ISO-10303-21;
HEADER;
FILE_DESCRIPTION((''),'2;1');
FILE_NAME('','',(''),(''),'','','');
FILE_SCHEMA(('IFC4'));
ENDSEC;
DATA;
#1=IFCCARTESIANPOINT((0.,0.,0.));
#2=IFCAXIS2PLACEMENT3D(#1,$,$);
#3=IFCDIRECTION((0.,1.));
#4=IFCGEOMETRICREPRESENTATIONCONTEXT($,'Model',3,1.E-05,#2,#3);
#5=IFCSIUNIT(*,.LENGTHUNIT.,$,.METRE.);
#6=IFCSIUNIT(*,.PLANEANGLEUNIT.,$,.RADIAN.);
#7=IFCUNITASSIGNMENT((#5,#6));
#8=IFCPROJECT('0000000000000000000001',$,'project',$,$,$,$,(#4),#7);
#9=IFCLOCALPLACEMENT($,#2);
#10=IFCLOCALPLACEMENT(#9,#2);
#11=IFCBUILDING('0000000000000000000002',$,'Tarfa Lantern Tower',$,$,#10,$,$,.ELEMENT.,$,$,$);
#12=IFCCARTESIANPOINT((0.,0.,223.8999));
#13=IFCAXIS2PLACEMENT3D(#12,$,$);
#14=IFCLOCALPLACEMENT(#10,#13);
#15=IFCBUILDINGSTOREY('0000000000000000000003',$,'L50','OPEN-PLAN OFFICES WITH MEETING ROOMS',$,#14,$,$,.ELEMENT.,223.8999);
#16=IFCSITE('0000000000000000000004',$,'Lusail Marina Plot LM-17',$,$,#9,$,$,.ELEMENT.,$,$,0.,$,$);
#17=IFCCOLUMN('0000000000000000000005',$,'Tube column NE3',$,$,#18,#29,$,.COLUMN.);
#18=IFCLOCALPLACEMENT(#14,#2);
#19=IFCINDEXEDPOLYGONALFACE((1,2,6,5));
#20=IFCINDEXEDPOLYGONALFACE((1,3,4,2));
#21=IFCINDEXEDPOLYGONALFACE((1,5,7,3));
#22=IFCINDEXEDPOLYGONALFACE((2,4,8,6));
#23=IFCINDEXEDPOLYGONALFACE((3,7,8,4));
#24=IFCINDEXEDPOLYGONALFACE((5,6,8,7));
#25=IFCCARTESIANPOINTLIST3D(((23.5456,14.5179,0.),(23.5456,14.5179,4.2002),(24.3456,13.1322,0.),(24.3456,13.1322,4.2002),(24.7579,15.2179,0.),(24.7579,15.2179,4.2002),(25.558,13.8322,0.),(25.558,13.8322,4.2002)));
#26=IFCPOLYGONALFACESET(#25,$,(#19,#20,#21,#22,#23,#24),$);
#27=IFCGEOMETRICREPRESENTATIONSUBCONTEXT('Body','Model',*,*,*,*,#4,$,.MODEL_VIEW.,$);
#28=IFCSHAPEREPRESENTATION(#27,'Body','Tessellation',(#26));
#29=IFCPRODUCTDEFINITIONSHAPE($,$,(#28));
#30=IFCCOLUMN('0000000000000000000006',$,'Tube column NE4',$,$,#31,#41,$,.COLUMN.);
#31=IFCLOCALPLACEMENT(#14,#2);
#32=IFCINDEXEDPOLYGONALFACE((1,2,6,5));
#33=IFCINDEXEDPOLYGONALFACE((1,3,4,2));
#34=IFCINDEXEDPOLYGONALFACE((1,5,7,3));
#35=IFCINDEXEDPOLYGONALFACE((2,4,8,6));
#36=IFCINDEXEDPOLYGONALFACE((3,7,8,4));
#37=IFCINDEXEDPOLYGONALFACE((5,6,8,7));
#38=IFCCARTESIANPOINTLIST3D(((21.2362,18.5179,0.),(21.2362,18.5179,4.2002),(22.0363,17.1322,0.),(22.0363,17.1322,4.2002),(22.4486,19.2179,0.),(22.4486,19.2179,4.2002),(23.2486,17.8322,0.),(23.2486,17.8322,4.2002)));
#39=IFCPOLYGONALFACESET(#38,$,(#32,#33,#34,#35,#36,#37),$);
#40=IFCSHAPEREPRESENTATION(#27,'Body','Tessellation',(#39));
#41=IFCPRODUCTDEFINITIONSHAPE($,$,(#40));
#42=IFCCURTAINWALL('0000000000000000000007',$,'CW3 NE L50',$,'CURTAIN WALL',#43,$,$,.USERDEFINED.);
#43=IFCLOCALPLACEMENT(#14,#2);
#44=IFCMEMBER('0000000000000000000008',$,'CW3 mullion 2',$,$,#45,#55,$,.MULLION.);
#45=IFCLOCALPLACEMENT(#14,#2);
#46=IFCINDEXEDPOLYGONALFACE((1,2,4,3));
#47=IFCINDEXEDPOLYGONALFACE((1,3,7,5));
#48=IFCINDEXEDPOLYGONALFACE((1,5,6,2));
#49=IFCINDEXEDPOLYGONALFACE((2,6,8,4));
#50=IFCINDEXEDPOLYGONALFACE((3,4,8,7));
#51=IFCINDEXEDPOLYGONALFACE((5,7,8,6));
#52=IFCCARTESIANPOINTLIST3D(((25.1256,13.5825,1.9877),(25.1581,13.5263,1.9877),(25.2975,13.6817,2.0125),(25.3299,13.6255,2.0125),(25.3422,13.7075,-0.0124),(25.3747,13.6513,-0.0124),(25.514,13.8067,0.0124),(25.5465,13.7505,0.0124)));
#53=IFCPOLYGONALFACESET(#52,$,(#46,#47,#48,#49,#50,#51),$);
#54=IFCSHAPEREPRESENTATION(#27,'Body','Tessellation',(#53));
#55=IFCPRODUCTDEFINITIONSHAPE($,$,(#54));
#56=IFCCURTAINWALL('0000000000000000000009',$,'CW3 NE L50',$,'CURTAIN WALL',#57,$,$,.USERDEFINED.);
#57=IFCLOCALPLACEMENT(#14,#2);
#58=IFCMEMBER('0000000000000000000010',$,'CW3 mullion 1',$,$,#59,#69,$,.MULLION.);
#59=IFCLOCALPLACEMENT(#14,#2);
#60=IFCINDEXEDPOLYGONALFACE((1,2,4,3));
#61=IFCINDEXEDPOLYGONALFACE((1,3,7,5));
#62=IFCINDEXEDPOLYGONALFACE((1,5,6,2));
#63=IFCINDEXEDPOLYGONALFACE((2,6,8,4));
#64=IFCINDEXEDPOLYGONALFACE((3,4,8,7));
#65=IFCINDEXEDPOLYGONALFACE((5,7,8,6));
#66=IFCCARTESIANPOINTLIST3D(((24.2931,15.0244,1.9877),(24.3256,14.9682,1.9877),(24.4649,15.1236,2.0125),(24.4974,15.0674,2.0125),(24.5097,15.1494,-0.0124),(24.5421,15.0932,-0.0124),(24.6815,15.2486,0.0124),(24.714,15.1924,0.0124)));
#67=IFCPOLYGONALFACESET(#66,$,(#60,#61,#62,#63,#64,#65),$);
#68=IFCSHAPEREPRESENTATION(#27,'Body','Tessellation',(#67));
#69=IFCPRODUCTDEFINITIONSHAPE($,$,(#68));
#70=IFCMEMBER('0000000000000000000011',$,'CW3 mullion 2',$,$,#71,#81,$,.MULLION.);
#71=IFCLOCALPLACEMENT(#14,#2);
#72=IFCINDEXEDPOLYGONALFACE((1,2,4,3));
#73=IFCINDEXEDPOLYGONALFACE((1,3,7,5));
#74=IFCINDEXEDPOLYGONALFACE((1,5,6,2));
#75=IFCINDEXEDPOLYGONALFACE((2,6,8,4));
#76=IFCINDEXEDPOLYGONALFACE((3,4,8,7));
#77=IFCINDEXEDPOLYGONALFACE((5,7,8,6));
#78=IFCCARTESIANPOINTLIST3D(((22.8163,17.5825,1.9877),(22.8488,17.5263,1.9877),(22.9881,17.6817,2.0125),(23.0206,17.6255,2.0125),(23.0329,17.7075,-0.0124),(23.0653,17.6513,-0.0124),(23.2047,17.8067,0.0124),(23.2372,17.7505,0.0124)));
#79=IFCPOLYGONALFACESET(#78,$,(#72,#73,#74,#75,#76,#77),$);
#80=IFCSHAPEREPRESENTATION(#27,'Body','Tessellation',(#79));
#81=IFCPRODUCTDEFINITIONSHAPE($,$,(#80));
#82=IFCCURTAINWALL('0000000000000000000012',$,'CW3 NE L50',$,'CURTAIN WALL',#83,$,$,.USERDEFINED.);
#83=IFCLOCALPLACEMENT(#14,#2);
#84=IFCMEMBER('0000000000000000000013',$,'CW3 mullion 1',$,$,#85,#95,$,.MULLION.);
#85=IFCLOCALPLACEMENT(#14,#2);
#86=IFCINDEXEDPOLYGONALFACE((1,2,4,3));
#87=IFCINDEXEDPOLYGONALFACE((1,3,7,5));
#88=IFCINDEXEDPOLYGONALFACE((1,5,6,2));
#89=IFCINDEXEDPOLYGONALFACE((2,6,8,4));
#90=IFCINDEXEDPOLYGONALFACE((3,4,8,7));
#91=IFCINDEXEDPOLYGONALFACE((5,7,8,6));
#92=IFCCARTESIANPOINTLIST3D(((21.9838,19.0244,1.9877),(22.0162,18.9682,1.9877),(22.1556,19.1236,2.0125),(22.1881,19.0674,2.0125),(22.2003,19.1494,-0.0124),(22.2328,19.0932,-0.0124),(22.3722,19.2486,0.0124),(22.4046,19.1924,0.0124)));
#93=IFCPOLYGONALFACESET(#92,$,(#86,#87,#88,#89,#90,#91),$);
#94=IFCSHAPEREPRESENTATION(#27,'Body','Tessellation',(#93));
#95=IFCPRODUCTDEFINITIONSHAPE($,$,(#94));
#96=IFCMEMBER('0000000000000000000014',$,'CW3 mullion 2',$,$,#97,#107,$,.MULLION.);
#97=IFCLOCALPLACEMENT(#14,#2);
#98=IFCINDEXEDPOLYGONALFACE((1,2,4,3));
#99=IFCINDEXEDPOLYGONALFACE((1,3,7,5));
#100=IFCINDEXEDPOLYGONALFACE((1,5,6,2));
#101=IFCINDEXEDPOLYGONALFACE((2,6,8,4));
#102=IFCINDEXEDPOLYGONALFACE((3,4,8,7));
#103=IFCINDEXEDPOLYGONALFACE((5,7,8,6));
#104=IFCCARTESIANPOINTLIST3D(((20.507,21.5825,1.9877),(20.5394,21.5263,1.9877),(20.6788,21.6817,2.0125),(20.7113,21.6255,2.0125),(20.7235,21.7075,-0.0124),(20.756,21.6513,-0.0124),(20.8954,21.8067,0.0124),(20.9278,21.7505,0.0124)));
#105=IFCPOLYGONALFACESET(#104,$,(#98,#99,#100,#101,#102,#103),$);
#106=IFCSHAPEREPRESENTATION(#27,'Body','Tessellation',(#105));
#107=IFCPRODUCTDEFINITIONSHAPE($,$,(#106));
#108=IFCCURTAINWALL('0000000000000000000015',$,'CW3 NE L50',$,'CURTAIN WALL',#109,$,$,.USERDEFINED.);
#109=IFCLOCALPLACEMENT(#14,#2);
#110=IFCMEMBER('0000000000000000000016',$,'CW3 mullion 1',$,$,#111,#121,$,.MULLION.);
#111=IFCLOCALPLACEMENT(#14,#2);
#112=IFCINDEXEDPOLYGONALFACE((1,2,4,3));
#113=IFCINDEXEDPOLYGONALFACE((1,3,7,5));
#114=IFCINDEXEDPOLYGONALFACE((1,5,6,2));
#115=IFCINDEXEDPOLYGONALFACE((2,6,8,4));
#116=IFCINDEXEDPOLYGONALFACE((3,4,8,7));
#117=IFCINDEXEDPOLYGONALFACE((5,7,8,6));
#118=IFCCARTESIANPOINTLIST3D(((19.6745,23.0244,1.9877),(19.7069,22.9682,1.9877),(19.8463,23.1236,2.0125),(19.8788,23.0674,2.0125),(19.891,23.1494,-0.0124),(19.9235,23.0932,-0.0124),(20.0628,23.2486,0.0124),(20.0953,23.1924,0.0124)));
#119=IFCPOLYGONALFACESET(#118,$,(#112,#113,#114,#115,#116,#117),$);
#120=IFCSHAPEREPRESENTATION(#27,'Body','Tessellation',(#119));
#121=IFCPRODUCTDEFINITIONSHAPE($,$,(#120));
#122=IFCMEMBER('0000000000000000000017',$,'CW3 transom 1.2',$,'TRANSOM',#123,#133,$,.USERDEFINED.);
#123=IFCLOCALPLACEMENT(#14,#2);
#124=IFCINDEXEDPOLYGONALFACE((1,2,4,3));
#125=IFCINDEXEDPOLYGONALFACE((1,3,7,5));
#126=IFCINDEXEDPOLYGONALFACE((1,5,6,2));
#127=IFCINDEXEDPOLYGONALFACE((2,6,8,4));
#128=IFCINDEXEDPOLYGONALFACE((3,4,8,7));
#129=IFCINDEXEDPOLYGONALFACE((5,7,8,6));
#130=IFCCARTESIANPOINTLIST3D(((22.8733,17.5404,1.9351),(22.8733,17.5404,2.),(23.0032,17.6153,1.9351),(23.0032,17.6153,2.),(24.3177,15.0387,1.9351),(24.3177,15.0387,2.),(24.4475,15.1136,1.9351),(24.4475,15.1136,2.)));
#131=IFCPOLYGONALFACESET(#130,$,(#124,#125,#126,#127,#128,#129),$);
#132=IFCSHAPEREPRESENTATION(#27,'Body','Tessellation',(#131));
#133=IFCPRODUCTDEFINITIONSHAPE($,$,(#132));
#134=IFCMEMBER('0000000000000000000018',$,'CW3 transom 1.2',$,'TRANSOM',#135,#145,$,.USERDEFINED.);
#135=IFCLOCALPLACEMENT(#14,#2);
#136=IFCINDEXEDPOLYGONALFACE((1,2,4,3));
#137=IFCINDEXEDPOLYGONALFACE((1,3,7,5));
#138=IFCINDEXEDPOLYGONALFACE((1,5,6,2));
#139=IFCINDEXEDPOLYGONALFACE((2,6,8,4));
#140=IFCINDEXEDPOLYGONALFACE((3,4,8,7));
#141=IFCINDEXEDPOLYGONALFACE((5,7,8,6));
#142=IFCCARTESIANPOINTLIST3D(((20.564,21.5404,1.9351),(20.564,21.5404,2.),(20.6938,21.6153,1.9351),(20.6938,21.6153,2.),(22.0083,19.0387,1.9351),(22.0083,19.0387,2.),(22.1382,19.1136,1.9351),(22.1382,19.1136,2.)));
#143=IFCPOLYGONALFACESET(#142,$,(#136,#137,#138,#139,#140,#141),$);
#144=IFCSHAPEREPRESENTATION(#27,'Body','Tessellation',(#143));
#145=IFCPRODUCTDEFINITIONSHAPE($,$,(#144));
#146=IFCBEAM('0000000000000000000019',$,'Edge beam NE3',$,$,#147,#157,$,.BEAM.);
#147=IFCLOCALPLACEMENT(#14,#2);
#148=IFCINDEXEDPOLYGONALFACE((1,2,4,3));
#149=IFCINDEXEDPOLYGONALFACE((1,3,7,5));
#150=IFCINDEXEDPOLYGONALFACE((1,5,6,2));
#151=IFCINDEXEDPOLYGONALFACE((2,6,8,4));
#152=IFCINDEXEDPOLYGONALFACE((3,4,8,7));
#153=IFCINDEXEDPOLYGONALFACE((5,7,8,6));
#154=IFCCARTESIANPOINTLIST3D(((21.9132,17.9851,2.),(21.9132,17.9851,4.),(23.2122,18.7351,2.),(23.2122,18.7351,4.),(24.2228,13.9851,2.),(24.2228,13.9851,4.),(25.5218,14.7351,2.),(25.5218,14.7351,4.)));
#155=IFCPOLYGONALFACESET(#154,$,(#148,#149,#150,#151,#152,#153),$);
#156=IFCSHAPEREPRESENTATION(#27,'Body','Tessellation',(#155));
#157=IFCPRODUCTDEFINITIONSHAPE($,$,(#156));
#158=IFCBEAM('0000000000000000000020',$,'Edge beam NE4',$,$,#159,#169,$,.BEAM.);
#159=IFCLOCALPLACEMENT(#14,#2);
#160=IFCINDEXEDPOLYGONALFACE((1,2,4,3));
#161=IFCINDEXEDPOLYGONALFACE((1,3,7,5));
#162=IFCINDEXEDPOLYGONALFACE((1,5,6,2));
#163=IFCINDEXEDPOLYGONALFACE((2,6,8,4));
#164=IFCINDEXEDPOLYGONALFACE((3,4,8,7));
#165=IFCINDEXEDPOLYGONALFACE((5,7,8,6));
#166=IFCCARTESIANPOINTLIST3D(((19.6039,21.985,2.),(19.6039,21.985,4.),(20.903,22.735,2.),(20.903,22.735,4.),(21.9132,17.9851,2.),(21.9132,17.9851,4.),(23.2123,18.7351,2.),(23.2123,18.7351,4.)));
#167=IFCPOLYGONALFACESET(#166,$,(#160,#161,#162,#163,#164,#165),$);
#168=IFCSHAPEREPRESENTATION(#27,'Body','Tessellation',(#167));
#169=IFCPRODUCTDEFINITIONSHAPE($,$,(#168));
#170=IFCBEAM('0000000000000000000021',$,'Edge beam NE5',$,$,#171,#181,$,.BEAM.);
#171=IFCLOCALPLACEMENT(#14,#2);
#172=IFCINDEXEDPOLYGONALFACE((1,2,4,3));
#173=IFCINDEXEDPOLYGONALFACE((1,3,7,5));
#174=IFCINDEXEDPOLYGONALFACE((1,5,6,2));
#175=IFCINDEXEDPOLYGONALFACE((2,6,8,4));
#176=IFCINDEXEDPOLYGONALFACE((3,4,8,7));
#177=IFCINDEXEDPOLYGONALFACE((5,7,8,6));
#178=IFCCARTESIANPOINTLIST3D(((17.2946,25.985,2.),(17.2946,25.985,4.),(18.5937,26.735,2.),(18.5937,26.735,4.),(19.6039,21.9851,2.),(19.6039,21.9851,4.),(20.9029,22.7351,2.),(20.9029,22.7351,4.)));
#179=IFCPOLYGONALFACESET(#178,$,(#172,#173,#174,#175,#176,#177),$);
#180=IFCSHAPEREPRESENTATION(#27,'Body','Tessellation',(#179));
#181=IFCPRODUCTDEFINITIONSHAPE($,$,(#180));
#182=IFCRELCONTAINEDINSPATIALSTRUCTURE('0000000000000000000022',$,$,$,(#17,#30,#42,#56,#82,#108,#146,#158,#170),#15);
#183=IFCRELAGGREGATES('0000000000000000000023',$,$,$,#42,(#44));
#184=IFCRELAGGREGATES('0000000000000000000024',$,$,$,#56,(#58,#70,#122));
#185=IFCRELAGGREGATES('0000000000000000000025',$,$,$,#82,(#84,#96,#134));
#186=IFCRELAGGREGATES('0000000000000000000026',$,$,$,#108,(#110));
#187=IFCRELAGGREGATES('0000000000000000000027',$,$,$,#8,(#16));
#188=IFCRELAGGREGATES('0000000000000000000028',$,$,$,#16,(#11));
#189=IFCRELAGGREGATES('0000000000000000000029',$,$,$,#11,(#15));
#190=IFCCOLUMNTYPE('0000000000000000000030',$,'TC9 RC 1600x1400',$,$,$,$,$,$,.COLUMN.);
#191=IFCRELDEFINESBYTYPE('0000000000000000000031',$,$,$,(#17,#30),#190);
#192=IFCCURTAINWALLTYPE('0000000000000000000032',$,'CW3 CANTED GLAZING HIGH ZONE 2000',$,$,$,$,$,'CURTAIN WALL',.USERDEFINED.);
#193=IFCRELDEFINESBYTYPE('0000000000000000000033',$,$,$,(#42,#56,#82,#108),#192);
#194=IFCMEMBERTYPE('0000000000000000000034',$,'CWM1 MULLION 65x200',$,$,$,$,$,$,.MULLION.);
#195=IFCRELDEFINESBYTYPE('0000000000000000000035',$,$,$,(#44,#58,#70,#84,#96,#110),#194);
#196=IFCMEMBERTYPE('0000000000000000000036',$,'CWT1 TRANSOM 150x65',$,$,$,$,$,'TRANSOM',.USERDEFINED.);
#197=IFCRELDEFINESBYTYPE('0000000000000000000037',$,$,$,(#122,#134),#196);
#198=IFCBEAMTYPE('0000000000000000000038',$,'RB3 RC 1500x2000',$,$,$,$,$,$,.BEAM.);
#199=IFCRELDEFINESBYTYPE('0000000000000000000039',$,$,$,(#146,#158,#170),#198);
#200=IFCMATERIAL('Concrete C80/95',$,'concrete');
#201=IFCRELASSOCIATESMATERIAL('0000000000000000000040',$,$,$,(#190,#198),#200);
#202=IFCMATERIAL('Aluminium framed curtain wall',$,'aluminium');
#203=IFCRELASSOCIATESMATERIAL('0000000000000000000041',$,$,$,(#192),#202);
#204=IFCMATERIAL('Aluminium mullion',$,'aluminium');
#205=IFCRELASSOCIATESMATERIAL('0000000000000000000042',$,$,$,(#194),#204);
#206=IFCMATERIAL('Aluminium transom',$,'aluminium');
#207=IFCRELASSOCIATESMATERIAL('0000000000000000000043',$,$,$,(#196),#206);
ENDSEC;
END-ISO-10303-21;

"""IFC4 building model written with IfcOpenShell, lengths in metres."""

from ifc_helpers import new_model, si_unit, direction, frame, origin, origin_2d, place, context, subcontext, project, spatial, rectangle, extrude, material, material_profile, profile_set, type_object, element, aggregate, save


model = new_model("IFC4")

# Units and contexts
model_context = context("Model", 3, precision=1e-05, world=origin(), true_north=direction((0.0, 1.0)))
body_context = subcontext(model_context, "Body", "Model", "MODEL_VIEW")
ifc_project = project(units=[si_unit("LENGTHUNIT", "METRE"), si_unit("PLANEANGLEUNIT", "RADIAN")], contexts=[model_context])

# Site, building, storey
site_placement = place(None, origin())
site = spatial("IfcSite", under=ifc_project, at=site_placement, Name="Lusail Marina Plot LM-17", CompositionType="ELEMENT", RefElevation=0.0)
building_placement = place(site_placement, origin())
building = spatial("IfcBuilding", under=site, at=building_placement, Name="Tarfa Lantern Tower", CompositionType="ELEMENT")
storey_placement = place(building_placement, frame((0.0, 0.0, 223.8999)))
storey = spatial("IfcBuildingStorey", under=building, at=storey_placement, Name="L50", Description="OPEN-PLAN OFFICES WITH MEETING ROOMS", CompositionType="ELEMENT", Elevation=223.8999)

# Columns
ifc_material_1 = material(Name="Concrete C80/95", Category="concrete")
ifc_material_profile_1 = material_profile(ifc_material_1, rectangle(XDim=1.6001, YDim=1.3999, at=origin_2d()), Name="RC 1600x1400")
ifc_profile_set_1 = profile_set([ifc_material_profile_1], Name="Concrete C80/95")
column_type = type_object("IfcColumnType", Name="TC9 RC 1600x1400", PredefinedType="COLUMN", material=ifc_profile_set_1)
for number, where, z_axis, x_axis, name in (
    (1, (24.5518, 14.175, 0.0), (0.0, 0.0, 1.0), (-0.5, 0.866025, 0.0), "Tube column NE3"),
    (2, (22.2424, 18.175, 0.0), (0.0, 0.0, 1.0), (-0.5, 0.866025, 0.0), "Tube column NE4"),
):
    element("IfcColumn", number, at=place(storey_placement, frame(where, z_axis=z_axis, x_axis=x_axis)), inside=storey, type_object=column_type, Name=name, PredefinedType="COLUMN", context=body_context, shape_type="SweptSolid", body=[
        extrude(rectangle(XDim=1.6001, YDim=1.3999, at=origin_2d()), origin(), (0.0, 0.0, 1.0), 4.2002),
    ])

# Curtain wall, member
ifc_material_2 = material(Name="Aluminium framed curtain wall", Category="aluminium")
curtain_wall_type = type_object("IfcCurtainWallType", Name="CW3 CANTED GLAZING HIGH ZONE 2000", ElementType="CURTAIN WALL", PredefinedType="USERDEFINED", material=ifc_material_2)
curtain_wall_1_placement = place(storey_placement, origin())
curtain_wall_1 = element("IfcCurtainWall", 3, at=curtain_wall_1_placement, inside=storey, type_object=curtain_wall_type, Name="CW3 NE L50", ObjectType="CURTAIN WALL", PredefinedType="USERDEFINED")
ifc_material_3 = material(Name="Aluminium mullion", Category="aluminium")
ifc_material_profile_2 = material_profile(ifc_material_3, rectangle(XDim=0.0649, YDim=0.2, at=origin_2d()), Name="AL MULLION 65x200")
ifc_profile_set_2 = profile_set([ifc_material_profile_2], Name="Aluminium mullion")
member_type_1 = type_object("IfcMemberType", Name="CWM1 MULLION 65x200", PredefinedType="MULLION", material=ifc_profile_set_2)
member_1_placement = place(storey_placement, frame((25.4443, 13.729, 0.0), z_axis=(-0.10744, -0.062017, 0.992275), x_axis=(0.49992, -0.866072, 0.0)))
member_1 = element("IfcMember", 4, at=member_1_placement, type_object=member_type_1, Name="CW3 mullion 2", PredefinedType="MULLION", context=body_context, shape_type="SweptSolid", body=[
    extrude(rectangle(XDim=0.0649, YDim=0.2, at=origin_2d()), origin(), (0.0, 0.0, 1.0), 2.0156),
])

# Curtain walls, members
curtain_wall_2_placement = place(storey_placement, origin())
curtain_wall_2 = element("IfcCurtainWall", 5, at=curtain_wall_2_placement, inside=storey, type_object=curtain_wall_type, Name="CW3 NE L50", ObjectType="CURTAIN WALL", PredefinedType="USERDEFINED")
member_2_placement = place(storey_placement, frame((24.6118, 15.1709, 0.0), z_axis=(-0.10744, -0.062017, 0.992275), x_axis=(0.49992, -0.866072, 0.0)))
member_2 = element("IfcMember", 6, at=member_2_placement, type_object=member_type_1, Name="CW3 mullion 1", PredefinedType="MULLION", context=body_context, shape_type="SweptSolid", body=[
    extrude(rectangle(XDim=0.0649, YDim=0.2, at=origin_2d()), origin(), (0.0, 0.0, 1.0), 2.0156),
])
member_3_placement = place(storey_placement, frame((23.135, 17.729, 0.0), z_axis=(-0.10744, -0.062017, 0.992275), x_axis=(0.49992, -0.866072, 0.0)))
member_3 = element("IfcMember", 7, at=member_3_placement, type_object=member_type_1, Name="CW3 mullion 2", PredefinedType="MULLION", context=body_context, shape_type="SweptSolid", body=[
    extrude(rectangle(XDim=0.0649, YDim=0.2, at=origin_2d()), origin(), (0.0, 0.0, 1.0), 2.0156),
])
curtain_wall_3_placement = place(storey_placement, origin())
curtain_wall_3 = element("IfcCurtainWall", 8, at=curtain_wall_3_placement, inside=storey, type_object=curtain_wall_type, Name="CW3 NE L50", ObjectType="CURTAIN WALL", PredefinedType="USERDEFINED")
member_4_placement = place(storey_placement, frame((22.3025, 19.1709, 0.0), z_axis=(-0.10744, -0.062017, 0.992275), x_axis=(0.49992, -0.866072, 0.0)))
member_4 = element("IfcMember", 9, at=member_4_placement, type_object=member_type_1, Name="CW3 mullion 1", PredefinedType="MULLION", context=body_context, shape_type="SweptSolid", body=[
    extrude(rectangle(XDim=0.0649, YDim=0.2, at=origin_2d()), origin(), (0.0, 0.0, 1.0), 2.0156),
])
member_5_placement = place(storey_placement, frame((20.8257, 21.729, 0.0), z_axis=(-0.10744, -0.062017, 0.992275), x_axis=(0.49992, -0.866072, 0.0)))
member_5 = element("IfcMember", 10, at=member_5_placement, type_object=member_type_1, Name="CW3 mullion 2", PredefinedType="MULLION", context=body_context, shape_type="SweptSolid", body=[
    extrude(rectangle(XDim=0.0649, YDim=0.2, at=origin_2d()), origin(), (0.0, 0.0, 1.0), 2.0156),
])

# Curtain wall, member
curtain_wall_4_placement = place(storey_placement, origin())
curtain_wall_4 = element("IfcCurtainWall", 11, at=curtain_wall_4_placement, inside=storey, type_object=curtain_wall_type, Name="CW3 NE L50", ObjectType="CURTAIN WALL", PredefinedType="USERDEFINED")
member_6_placement = place(storey_placement, frame((19.9932, 23.1709, 0.0), z_axis=(-0.10744, -0.062017, 0.992275), x_axis=(0.49992, -0.866072, 0.0)))
member_6 = element("IfcMember", 12, at=member_6_placement, type_object=member_type_1, Name="CW3 mullion 1", PredefinedType="MULLION", context=body_context, shape_type="SweptSolid", body=[
    extrude(rectangle(XDim=0.0649, YDim=0.2, at=origin_2d()), origin(), (0.0, 0.0, 1.0), 2.0156),
])

# Members
ifc_material_4 = material(Name="Aluminium transom", Category="aluminium")
ifc_material_profile_3 = material_profile(ifc_material_4, rectangle(XDim=0.1499, YDim=0.0649, at=origin_2d()), Name="AL TRANSOM 150x65")
ifc_profile_set_3 = profile_set([ifc_material_profile_3], Name="Aluminium transom")
member_type_2 = type_object("IfcMemberType", Name="CWT1 TRANSOM 150x65", ElementType="TRANSOM", PredefinedType="USERDEFINED", material=ifc_profile_set_3)
member_7_placement = place(storey_placement, frame((24.3826, 15.0762, 1.9675), z_axis=(-0.499993, 0.866029, 0.0), x_axis=(-0.866029, -0.499993, 0.0)))
member_7 = element("IfcMember", 13, at=member_7_placement, type_object=member_type_2, Name="CW3 transom 1.2", ObjectType="TRANSOM", PredefinedType="USERDEFINED", context=body_context, shape_type="SweptSolid", body=[
    extrude(rectangle(XDim=0.1499, YDim=0.0649, at=origin_2d()), origin(), (0.0, 0.0, 1.0), 2.8887),
])
member_8_placement = place(storey_placement, frame((22.0732, 19.0762, 1.9675), z_axis=(-0.499993, 0.866029, 0.0), x_axis=(-0.866029, -0.499993, 0.0)))
member_8 = element("IfcMember", 14, at=member_8_placement, type_object=member_type_2, Name="CW3 transom 1.2", ObjectType="TRANSOM", PredefinedType="USERDEFINED", context=body_context, shape_type="SweptSolid", body=[
    extrude(rectangle(XDim=0.1499, YDim=0.0649, at=origin_2d()), origin(), (0.0, 0.0, 1.0), 2.8887),
])

# Beams
ifc_material_profile_4 = material_profile(ifc_material_1, rectangle(XDim=1.5, YDim=2.0, at=origin_2d()), Name="RC 1500x2000")
ifc_profile_set_4 = profile_set([ifc_material_profile_4], Name="Concrete C80/95")
beam_type_1 = type_object("IfcBeamType", Name="RB3 RC 1500x2000", PredefinedType="BEAM", material=ifc_profile_set_4)
beam_1_placement = place(storey_placement, frame((24.8723, 14.3601, 3.0), z_axis=(-0.500027, 0.86601, 0.0), x_axis=(-0.86601, -0.500027, 0.0)))
element("IfcBeam", 15, at=beam_1_placement, inside=storey, type_object=beam_type_1, Name="Edge beam NE3", PredefinedType="BEAM", context=body_context, shape_type="SweptSolid", body=[
    extrude(rectangle(XDim=1.5, YDim=2.0, at=origin_2d()), origin(), (0.0, 0.0, 1.0), 4.6189),
])
for number, where, z_axis, x_axis, name in (
    (16, (22.5627, 18.3601, 3.0), (-0.499988, 0.866032, 0.0), (-0.866032, -0.499988, 0.0), "Edge beam NE4"),
    (17, (20.2534, 22.3601, 3.0), (-0.499988, 0.866032, 0.0), (-0.866032, -0.499988, 0.0), "Edge beam NE5"),
):
    element("IfcBeam", number, at=place(storey_placement, frame(where, z_axis=z_axis, x_axis=x_axis)), inside=storey, type_object=beam_type_1, Name=name, PredefinedType="BEAM", context=body_context, shape_type="SweptSolid", body=[
        extrude(rectangle(XDim=1.5, YDim=2.0, at=origin_2d()), origin(), (0.0, 0.0, 1.0), 4.6187),
    ])

aggregate(curtain_wall_1, [member_1])
aggregate(curtain_wall_2, [member_2, member_3, member_7])
aggregate(curtain_wall_3, [member_4, member_5, member_8])
aggregate(curtain_wall_4, [member_6])

save(model, "model.ifc")
